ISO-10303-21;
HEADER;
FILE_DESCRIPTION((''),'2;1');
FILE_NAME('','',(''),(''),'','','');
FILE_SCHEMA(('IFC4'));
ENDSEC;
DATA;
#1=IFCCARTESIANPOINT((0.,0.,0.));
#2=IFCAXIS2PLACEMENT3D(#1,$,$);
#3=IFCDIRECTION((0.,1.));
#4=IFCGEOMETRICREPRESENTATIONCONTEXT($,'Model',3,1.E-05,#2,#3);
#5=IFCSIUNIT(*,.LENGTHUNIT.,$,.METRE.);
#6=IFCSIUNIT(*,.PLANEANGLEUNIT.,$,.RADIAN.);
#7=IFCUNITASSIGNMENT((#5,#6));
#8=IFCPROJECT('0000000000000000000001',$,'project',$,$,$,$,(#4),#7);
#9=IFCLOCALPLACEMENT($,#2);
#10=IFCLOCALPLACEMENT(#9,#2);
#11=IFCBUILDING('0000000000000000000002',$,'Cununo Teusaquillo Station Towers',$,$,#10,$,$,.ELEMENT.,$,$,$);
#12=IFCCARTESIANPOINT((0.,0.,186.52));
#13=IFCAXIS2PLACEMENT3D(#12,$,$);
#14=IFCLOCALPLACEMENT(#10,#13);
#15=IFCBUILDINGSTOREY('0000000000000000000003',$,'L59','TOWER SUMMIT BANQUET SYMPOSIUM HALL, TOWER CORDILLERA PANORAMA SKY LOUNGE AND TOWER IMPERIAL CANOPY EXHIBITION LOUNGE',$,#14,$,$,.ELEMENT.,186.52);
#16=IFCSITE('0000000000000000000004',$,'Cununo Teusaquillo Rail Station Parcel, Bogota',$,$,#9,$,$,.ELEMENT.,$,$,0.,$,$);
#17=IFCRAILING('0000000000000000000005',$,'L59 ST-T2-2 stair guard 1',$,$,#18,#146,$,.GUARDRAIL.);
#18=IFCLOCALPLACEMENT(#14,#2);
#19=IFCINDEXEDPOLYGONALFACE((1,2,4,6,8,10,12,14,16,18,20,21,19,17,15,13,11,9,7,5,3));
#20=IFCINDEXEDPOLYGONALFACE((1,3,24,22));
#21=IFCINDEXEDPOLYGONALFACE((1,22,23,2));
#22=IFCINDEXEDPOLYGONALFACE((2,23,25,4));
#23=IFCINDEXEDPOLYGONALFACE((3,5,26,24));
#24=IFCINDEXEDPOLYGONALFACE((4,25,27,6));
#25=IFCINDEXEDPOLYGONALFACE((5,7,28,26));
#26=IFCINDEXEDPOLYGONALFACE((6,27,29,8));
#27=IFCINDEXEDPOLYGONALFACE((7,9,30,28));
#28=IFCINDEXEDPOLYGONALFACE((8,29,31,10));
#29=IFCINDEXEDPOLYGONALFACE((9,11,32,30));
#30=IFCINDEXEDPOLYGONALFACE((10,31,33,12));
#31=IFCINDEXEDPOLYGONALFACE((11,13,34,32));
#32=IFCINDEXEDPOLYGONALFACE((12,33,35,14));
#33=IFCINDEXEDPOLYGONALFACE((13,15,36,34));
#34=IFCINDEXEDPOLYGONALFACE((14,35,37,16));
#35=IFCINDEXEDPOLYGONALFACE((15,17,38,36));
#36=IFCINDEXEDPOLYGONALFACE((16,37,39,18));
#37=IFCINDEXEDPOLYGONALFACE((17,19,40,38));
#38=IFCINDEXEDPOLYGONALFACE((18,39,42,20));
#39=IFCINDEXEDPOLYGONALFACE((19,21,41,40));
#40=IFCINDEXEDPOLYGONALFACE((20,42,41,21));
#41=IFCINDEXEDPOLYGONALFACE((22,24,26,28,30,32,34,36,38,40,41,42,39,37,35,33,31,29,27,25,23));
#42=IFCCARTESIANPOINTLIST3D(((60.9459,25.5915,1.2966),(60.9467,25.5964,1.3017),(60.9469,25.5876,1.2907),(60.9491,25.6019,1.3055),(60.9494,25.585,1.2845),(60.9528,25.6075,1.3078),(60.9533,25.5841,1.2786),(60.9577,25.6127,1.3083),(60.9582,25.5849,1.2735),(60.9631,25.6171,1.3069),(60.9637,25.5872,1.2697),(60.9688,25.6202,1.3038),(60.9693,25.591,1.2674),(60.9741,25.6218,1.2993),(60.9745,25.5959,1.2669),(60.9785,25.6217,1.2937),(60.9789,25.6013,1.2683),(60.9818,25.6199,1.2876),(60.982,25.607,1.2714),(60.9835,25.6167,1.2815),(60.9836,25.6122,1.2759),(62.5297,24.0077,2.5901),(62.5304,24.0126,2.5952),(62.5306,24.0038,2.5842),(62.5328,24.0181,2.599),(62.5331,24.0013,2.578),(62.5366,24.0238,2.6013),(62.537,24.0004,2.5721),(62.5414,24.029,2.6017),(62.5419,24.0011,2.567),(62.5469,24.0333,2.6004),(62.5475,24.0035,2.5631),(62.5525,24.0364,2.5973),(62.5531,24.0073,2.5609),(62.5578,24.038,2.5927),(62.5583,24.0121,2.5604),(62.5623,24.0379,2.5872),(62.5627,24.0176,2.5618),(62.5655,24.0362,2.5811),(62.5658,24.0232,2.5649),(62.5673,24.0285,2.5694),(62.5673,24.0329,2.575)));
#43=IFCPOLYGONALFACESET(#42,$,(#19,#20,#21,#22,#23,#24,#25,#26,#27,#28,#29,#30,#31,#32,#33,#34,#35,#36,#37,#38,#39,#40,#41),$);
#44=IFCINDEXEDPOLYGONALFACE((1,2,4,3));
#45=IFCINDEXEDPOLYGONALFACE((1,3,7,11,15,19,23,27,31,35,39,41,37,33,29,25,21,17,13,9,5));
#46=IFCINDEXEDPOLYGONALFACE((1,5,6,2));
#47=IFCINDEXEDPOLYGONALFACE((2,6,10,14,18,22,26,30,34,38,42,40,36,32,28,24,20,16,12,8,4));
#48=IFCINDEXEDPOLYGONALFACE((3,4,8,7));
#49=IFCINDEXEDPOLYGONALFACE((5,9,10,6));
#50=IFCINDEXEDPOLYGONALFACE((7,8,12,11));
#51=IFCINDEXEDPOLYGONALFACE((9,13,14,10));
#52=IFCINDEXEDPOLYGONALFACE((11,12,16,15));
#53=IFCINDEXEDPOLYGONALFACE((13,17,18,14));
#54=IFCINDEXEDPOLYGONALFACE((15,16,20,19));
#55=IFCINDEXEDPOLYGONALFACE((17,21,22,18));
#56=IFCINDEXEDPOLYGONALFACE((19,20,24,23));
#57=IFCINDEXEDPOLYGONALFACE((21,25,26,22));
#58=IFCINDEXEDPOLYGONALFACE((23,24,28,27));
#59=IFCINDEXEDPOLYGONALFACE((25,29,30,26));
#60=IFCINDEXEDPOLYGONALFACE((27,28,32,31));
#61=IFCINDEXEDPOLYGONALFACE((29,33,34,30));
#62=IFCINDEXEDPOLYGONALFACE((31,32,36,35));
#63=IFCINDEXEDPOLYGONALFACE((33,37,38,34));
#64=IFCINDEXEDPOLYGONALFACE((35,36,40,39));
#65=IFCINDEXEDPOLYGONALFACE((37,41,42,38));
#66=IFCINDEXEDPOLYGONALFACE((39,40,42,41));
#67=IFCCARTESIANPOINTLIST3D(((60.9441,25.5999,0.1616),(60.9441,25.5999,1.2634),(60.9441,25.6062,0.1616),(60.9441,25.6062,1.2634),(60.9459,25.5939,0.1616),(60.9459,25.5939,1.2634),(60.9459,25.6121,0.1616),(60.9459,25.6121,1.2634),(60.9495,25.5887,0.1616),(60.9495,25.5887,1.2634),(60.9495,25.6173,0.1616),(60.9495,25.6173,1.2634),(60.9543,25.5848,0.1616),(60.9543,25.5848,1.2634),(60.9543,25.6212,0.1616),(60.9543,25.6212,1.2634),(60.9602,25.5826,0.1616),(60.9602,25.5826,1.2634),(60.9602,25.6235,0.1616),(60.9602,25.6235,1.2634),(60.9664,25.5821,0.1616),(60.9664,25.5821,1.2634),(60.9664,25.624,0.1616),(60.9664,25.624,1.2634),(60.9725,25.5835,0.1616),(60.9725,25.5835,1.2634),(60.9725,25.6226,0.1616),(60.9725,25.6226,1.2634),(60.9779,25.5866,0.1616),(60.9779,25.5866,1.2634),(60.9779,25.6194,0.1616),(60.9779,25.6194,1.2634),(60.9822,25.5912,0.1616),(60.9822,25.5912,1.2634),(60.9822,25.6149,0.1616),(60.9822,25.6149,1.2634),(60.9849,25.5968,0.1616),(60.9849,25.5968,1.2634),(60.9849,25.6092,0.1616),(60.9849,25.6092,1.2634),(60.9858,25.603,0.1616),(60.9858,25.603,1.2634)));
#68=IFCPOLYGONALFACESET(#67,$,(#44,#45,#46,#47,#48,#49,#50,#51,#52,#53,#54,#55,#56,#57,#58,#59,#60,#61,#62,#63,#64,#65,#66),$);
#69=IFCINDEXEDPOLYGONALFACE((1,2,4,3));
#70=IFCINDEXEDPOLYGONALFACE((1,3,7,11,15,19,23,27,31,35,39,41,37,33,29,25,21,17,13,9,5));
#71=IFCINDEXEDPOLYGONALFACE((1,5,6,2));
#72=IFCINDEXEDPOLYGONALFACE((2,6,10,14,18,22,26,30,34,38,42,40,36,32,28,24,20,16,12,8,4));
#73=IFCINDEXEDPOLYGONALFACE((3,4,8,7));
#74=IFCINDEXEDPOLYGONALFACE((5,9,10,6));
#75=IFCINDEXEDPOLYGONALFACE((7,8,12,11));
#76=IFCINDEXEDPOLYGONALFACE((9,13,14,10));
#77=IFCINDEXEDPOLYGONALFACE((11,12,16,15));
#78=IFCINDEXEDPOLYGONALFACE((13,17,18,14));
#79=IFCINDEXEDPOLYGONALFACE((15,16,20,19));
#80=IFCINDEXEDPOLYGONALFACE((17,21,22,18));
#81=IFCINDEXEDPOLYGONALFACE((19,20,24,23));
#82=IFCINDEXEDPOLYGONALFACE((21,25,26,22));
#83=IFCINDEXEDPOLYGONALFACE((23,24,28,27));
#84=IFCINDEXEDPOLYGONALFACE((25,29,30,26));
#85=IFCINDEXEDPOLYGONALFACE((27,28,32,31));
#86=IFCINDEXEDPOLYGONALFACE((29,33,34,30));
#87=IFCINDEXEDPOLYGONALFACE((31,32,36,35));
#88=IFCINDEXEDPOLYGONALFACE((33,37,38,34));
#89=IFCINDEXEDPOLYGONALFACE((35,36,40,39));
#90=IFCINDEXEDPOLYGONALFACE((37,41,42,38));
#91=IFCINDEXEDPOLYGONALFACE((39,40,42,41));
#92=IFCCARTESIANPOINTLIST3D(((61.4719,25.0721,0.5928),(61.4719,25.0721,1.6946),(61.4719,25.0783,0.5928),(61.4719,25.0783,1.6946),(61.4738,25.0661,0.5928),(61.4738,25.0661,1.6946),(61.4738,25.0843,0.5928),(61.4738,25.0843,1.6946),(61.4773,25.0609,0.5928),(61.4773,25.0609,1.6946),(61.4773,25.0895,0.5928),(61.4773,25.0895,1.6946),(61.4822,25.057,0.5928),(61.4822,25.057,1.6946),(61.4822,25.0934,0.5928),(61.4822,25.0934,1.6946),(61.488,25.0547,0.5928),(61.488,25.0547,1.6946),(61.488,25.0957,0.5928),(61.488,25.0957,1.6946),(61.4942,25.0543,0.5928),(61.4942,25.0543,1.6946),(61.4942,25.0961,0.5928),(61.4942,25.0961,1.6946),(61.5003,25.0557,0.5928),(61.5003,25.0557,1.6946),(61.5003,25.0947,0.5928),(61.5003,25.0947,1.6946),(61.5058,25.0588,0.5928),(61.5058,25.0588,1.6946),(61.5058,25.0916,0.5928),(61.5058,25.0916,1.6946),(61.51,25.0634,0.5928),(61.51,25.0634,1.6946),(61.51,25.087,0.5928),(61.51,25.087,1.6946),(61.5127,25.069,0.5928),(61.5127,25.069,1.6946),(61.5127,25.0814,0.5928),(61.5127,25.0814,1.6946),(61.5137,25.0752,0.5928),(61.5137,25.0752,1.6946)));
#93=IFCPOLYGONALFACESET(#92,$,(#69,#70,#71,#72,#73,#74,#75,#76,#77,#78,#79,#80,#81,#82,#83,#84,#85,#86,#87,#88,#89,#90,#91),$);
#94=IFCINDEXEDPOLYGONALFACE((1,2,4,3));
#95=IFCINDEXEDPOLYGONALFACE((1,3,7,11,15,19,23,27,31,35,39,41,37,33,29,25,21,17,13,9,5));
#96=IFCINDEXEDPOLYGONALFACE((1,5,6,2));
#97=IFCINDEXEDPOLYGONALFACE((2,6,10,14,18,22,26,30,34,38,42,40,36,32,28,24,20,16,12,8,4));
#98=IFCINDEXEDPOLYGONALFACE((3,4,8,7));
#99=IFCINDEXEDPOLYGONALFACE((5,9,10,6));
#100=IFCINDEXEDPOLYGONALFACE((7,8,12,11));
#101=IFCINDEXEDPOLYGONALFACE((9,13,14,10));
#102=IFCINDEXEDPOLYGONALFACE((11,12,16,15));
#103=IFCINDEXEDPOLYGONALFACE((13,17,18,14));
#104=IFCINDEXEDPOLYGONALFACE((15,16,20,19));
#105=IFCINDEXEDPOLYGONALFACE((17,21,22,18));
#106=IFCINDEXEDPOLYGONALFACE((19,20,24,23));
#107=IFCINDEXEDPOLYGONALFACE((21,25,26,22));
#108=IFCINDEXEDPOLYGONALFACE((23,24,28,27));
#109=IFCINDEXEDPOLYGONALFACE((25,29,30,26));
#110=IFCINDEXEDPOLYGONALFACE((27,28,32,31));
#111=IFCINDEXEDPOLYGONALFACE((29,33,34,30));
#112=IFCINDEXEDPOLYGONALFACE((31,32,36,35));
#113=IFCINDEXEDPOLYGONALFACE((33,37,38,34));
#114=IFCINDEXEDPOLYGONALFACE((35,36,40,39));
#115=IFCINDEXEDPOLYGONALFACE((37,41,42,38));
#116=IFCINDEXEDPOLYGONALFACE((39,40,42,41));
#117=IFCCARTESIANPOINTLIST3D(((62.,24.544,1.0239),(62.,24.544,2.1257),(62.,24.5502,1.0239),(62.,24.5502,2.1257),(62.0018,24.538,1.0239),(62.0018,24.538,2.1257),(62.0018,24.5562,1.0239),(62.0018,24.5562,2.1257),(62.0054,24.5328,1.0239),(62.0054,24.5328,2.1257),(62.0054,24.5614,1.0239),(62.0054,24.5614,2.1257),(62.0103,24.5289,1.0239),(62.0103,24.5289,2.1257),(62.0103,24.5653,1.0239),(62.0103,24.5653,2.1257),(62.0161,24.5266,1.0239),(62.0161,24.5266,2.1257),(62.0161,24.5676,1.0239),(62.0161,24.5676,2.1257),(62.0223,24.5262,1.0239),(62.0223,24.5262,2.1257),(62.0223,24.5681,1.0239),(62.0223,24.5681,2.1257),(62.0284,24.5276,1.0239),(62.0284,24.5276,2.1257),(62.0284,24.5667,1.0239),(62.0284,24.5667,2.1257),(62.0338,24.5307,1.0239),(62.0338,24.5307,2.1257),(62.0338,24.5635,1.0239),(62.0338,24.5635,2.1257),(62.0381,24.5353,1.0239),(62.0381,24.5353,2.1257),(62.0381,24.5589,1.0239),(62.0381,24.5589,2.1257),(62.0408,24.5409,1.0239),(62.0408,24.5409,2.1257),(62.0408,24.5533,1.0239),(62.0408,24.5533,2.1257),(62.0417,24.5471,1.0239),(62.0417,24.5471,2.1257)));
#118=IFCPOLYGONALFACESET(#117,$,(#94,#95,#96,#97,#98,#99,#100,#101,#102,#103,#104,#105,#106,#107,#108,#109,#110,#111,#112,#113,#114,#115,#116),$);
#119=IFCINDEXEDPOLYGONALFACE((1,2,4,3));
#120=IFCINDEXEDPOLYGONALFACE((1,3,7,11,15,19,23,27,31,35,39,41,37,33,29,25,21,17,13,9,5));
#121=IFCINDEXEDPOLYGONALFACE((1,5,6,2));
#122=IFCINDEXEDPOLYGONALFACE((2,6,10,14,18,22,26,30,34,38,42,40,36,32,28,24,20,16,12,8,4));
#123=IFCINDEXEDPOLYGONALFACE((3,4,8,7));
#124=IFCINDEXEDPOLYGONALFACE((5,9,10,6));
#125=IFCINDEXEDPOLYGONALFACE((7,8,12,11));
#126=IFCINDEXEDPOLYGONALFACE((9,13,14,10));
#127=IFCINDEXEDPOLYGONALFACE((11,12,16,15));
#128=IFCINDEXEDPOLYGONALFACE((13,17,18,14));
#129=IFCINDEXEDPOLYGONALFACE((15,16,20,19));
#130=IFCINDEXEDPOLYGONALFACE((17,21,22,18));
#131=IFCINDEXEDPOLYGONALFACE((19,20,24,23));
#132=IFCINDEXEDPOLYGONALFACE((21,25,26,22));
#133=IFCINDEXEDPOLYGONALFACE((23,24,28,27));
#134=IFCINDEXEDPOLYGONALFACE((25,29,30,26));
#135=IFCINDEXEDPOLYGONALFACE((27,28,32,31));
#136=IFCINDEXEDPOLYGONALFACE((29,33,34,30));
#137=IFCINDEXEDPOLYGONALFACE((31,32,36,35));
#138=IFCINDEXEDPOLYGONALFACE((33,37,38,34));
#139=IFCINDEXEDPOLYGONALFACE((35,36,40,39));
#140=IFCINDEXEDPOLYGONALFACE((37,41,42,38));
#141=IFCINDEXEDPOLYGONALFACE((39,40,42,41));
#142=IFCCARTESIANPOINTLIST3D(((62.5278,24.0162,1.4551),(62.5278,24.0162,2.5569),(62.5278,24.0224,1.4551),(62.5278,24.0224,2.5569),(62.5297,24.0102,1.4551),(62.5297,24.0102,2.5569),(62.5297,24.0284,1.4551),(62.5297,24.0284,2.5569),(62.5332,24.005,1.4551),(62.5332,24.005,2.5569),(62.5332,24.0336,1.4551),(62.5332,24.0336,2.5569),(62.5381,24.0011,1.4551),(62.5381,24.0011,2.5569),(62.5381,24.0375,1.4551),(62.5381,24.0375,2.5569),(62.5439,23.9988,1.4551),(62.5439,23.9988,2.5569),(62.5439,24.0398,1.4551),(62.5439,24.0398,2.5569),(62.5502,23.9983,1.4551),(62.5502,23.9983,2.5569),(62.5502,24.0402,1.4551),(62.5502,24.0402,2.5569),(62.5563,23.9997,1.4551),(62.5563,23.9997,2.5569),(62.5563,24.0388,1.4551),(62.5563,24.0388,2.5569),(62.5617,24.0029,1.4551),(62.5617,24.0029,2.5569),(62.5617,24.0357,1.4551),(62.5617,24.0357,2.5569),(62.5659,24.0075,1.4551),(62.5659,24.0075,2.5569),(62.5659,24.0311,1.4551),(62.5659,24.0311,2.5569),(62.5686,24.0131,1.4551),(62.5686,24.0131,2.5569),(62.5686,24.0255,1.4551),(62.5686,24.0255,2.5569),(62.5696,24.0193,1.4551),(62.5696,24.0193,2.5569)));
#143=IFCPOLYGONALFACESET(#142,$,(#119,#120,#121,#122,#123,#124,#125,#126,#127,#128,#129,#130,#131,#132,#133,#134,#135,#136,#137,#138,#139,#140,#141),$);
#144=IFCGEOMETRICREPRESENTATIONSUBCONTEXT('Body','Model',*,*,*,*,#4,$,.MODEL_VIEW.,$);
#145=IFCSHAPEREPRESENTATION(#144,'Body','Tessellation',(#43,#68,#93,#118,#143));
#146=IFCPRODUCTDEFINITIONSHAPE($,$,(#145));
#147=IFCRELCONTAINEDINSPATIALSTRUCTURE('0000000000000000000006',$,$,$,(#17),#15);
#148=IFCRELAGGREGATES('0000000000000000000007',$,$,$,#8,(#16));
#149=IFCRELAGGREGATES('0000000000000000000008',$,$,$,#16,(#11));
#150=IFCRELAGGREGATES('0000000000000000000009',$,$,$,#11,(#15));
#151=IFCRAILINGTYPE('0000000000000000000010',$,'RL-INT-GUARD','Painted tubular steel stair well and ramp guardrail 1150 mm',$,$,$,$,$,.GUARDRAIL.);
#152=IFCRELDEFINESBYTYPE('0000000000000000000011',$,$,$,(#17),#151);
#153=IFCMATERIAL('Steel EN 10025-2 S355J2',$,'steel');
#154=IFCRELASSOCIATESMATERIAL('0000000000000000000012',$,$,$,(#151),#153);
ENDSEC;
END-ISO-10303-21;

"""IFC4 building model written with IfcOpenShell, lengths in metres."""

from ifc_helpers import new_model, si_unit, direction, frame, origin, origin_2d, place, context, subcontext, project, spatial, circle, extrude, material, type_object, element, save


model = new_model("IFC4")

# Units and contexts
model_context = context("Model", 3, precision=1e-05, world=origin(), true_north=direction((0.0, 1.0)))
body_context = subcontext(model_context, "Body", "Model", "MODEL_VIEW")
ifc_project = project(units=[si_unit("LENGTHUNIT", "METRE"), si_unit("PLANEANGLEUNIT", "RADIAN")], contexts=[model_context])

# Site, building, storey
site_placement = place(None, origin())
site = spatial("IfcSite", under=ifc_project, at=site_placement, Name="Cununo Teusaquillo Rail Station Parcel, Bogota", CompositionType="ELEMENT", RefElevation=0.0)
building_placement = place(site_placement, origin())
building = spatial("IfcBuilding", under=site, at=building_placement, Name="Cununo Teusaquillo Station Towers", CompositionType="ELEMENT")
storey_placement = place(building_placement, frame((0.0, 0.0, 186.52)))
storey = spatial("IfcBuildingStorey", under=building, at=storey_placement, Name="L59", Description="TOWER SUMMIT BANQUET SYMPOSIUM HALL, TOWER CORDILLERA PANORAMA SKY LOUNGE AND TOWER IMPERIAL CANOPY EXHIBITION LOUNGE", CompositionType="ELEMENT", Elevation=186.52)

# Railing
ifc_material_1 = material(Name="Steel EN 10025-2 S355J2", Category="steel")
railing_type_1 = type_object("IfcRailingType", Name="RL-INT-GUARD", Description="Painted tubular steel stair well and ramp guardrail 1150 mm", PredefinedType="GUARDRAIL", material=ifc_material_1)
railing_1_placement = place(storey_placement, frame((60.9648, 25.603, 0.1616)))
element("IfcRailing", 1, at=railing_1_placement, inside=storey, type_object=railing_type_1, Name="L59 ST-T2-2 stair guard 1", PredefinedType="GUARDRAIL", context=body_context, shape_type="SweptSolid", body=[
    extrude(circle(Radius=0.0239, at=origin_2d()), frame((0.0, 0.0, 1.126), z_axis=(0.612332, -0.612332, 0.500098), x_axis=(0.707107, 0.707107, 0.0)), (0.0, 0.0, 1.0), 2.5864),
    extrude(circle(Radius=0.021, at=origin_2d()), origin(), (0.0, 0.0, 1.0), 1.1018),
    extrude(circle(Radius=0.021, at=origin_2d()), frame((0.5278, -0.5278, 0.4312)), (0.0, 0.0, 1.0), 1.1018),
    extrude(circle(Radius=0.021, at=origin_2d()), frame((1.0559, -1.0559, 0.8623)), (0.0, 0.0, 1.0), 1.1018),
    extrude(circle(Radius=0.021, at=origin_2d()), frame((1.5837, -1.5837, 1.2935)), (0.0, 0.0, 1.0), 1.1018),
])

save(model, "model.ifc")
